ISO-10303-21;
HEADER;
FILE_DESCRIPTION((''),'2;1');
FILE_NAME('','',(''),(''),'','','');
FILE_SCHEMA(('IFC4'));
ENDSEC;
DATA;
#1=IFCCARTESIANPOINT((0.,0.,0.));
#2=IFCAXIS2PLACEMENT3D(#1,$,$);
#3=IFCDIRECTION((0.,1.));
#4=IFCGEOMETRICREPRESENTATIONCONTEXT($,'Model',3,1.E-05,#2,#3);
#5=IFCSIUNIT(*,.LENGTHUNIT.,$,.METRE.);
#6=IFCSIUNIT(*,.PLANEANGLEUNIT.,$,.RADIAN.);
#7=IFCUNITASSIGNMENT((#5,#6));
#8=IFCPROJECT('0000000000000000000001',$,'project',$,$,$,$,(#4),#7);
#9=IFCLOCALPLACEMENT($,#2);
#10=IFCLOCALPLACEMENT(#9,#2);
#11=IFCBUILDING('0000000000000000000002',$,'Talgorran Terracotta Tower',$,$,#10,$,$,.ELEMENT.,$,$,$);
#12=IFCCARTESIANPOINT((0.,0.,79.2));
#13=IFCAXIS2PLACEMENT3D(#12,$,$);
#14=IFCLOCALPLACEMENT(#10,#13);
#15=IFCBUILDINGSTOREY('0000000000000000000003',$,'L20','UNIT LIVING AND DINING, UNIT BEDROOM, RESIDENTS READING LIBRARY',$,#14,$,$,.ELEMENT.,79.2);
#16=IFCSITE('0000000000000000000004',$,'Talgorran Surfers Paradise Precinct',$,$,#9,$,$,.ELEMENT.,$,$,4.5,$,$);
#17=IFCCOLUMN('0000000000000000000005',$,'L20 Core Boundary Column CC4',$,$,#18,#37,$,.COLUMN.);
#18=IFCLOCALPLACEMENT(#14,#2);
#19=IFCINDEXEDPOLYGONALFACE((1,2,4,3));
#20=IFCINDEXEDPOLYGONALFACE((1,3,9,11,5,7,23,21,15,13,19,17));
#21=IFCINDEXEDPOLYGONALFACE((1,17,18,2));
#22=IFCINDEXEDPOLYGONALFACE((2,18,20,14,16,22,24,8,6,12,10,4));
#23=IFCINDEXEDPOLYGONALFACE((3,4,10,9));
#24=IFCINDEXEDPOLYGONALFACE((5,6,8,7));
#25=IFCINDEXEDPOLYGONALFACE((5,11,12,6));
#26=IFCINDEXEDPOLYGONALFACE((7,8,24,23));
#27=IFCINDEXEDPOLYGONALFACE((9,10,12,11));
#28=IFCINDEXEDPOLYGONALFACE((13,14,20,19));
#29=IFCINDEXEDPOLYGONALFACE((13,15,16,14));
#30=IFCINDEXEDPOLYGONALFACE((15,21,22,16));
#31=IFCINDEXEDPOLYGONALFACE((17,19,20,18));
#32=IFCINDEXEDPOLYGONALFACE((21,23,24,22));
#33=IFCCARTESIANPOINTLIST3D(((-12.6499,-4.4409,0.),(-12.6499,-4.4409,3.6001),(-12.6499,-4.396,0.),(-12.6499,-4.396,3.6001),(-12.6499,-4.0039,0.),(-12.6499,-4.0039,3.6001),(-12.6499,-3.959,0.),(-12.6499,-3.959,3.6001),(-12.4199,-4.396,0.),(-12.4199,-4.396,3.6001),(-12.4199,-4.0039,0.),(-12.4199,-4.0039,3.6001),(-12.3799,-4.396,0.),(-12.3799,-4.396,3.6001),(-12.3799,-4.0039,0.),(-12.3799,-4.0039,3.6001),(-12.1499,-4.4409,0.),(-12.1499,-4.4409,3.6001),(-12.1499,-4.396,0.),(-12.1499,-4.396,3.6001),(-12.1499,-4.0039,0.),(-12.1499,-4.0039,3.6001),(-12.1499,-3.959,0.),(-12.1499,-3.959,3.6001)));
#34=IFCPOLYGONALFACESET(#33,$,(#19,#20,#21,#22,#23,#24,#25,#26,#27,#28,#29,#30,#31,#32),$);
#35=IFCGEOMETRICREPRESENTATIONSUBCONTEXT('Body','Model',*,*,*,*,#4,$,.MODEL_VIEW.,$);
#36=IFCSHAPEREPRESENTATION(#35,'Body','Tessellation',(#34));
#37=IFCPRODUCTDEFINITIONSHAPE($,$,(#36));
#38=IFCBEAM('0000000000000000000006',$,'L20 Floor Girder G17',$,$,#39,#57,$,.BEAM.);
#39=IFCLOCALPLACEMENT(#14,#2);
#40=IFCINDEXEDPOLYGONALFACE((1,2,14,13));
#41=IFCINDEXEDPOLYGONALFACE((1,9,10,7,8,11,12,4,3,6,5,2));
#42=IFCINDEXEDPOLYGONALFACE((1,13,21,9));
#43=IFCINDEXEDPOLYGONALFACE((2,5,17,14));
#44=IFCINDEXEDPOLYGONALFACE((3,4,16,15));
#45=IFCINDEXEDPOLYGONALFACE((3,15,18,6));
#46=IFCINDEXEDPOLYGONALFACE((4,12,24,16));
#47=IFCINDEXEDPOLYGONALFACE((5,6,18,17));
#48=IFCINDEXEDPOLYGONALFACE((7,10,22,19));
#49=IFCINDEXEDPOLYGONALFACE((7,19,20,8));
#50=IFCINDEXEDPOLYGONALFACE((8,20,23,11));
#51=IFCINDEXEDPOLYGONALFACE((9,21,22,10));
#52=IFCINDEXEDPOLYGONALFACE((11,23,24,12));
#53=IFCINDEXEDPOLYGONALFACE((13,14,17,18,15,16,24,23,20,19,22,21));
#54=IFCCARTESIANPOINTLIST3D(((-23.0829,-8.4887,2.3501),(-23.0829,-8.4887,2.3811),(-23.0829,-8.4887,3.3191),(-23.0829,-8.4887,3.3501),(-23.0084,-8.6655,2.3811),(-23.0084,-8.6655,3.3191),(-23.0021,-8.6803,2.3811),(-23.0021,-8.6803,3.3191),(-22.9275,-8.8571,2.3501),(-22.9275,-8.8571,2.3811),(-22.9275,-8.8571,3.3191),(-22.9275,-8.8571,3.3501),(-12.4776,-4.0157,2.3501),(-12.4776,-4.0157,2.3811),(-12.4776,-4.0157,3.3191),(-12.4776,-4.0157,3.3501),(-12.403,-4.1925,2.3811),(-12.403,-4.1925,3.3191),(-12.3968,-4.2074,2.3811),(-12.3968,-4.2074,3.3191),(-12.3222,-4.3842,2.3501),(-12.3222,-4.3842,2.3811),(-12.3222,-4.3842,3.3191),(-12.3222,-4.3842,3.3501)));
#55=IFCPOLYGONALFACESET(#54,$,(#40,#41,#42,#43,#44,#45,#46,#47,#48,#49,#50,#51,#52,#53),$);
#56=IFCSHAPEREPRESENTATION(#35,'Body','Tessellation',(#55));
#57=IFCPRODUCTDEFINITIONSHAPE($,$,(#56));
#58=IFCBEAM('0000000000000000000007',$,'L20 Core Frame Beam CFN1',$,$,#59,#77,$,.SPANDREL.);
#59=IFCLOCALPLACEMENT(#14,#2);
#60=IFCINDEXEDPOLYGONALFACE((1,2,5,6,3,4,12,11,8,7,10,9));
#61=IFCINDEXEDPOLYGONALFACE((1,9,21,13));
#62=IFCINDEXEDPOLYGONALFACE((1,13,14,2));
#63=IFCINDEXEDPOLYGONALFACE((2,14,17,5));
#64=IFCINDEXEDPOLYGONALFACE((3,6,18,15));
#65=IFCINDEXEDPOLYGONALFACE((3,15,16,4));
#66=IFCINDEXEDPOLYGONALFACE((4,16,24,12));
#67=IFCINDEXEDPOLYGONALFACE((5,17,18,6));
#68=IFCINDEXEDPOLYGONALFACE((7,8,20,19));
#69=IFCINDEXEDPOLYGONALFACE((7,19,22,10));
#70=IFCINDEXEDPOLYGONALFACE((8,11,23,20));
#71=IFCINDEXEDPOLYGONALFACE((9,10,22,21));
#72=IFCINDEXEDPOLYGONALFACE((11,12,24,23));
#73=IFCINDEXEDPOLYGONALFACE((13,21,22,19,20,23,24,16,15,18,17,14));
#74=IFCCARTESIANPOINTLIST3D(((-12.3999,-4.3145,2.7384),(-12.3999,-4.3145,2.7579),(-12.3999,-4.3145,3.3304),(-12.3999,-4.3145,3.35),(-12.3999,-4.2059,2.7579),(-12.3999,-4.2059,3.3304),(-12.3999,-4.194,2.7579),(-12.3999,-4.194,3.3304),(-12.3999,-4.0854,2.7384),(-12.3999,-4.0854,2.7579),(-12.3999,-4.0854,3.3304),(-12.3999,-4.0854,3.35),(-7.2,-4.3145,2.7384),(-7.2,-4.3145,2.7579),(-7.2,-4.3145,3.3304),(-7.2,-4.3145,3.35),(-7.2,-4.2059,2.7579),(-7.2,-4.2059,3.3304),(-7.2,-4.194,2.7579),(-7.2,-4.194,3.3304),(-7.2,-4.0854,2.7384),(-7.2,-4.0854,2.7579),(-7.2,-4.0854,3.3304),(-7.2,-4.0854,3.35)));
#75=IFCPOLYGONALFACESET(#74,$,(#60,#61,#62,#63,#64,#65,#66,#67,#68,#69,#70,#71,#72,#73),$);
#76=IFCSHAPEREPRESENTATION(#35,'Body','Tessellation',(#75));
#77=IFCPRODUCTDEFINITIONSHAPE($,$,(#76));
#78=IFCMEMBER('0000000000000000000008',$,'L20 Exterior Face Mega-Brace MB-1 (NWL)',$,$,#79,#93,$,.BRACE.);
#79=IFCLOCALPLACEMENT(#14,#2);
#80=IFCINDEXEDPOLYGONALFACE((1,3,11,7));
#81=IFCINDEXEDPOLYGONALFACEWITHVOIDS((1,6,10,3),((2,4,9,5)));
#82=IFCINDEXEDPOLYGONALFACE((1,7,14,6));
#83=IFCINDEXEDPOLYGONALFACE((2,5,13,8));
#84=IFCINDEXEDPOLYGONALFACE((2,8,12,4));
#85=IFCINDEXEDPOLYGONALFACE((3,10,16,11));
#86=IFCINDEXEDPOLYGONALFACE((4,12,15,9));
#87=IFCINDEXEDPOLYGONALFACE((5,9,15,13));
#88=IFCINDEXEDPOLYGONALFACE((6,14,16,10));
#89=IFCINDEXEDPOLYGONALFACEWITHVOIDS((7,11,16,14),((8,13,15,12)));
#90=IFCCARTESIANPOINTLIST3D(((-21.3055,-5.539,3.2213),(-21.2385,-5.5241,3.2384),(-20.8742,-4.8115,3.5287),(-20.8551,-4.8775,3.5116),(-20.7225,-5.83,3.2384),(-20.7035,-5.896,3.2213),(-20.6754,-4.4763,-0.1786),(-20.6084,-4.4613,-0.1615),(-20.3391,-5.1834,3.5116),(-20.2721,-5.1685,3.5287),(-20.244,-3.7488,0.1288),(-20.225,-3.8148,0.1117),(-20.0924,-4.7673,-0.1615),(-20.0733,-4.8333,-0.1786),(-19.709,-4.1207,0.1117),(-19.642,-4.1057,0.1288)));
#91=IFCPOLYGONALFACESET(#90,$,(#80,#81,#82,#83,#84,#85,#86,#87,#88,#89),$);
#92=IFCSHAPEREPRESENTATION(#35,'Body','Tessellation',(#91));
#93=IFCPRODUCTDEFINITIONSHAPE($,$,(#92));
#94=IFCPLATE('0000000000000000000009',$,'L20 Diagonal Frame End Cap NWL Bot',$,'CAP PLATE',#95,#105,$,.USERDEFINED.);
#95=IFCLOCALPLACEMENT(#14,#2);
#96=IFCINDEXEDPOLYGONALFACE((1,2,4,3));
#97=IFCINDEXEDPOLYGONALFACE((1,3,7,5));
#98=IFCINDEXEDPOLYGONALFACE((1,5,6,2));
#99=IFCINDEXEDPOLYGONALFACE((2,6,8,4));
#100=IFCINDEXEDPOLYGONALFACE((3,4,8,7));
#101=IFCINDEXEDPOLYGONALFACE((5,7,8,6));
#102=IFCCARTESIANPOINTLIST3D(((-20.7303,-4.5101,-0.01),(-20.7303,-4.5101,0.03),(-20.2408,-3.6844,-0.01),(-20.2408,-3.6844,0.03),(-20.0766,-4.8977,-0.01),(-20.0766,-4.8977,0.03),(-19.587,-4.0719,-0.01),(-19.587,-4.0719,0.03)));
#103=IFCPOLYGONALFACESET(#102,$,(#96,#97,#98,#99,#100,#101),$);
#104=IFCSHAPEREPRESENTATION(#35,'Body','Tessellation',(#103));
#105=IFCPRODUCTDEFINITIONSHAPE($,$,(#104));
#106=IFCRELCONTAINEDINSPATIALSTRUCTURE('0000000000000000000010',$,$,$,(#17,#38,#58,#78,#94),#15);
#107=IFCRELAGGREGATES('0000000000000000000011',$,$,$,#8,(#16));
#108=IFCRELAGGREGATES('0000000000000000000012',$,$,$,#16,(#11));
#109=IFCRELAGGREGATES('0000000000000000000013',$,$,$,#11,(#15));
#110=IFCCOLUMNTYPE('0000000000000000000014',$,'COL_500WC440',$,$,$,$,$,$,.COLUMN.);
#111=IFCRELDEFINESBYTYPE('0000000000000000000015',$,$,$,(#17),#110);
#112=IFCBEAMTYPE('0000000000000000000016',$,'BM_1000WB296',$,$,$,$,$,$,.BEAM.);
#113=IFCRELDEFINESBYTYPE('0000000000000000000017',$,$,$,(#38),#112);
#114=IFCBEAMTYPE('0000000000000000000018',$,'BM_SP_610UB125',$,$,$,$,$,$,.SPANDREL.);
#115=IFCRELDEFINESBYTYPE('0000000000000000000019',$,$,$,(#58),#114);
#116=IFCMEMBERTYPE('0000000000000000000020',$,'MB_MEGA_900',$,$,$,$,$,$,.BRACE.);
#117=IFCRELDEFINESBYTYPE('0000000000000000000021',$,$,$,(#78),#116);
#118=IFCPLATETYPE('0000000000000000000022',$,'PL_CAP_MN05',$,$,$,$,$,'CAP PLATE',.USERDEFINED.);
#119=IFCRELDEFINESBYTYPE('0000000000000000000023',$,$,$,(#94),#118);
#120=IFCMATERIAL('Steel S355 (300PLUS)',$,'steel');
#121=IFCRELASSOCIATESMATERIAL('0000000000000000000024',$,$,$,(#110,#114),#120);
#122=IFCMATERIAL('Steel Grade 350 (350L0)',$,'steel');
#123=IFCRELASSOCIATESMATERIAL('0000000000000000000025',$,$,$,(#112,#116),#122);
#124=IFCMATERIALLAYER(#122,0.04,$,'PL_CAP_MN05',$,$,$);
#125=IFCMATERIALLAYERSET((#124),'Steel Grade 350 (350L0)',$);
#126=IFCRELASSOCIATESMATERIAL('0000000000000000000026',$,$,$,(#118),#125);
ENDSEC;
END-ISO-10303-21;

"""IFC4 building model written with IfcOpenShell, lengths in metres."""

from ifc_helpers import new_model, si_unit, direction, frame, origin, origin_2d, place, context, subcontext, project, spatial, rectangle, hollow_rectangle, i_section, extrude, material, layer, layer_set, material_profile, profile_set, type_object, element, save


model = new_model("IFC4")

# Units and contexts
model_context = context("Model", 3, precision=1e-05, world=origin(), true_north=direction((0.0, 1.0)))
body_context = subcontext(model_context, "Body", "Model", "MODEL_VIEW")
ifc_project = project(units=[si_unit("LENGTHUNIT", "METRE"), si_unit("PLANEANGLEUNIT", "RADIAN")], contexts=[model_context])

# Site, building, storey
site_placement = place(None, origin())
site = spatial("IfcSite", under=ifc_project, at=site_placement, Name="Talgorran Surfers Paradise Precinct", CompositionType="ELEMENT", RefElevation=4.5)
building_placement = place(site_placement, origin())
building = spatial("IfcBuilding", under=site, at=building_placement, Name="Talgorran Terracotta Tower", CompositionType="ELEMENT")
storey_placement = place(building_placement, frame((0.0, 0.0, 79.2)))
storey = spatial("IfcBuildingStorey", under=building, at=storey_placement, Name="L20", Description="UNIT LIVING AND DINING, UNIT BEDROOM, RESIDENTS READING LIBRARY", CompositionType="ELEMENT", Elevation=79.2)

# Column
ifc_material_1 = material(Name="Steel S355 (300PLUS)", Category="steel")
ifc_material_profile_1 = material_profile(ifc_material_1, i_section(OverallWidth=0.5, OverallDepth=0.4819, WebThickness=0.04, FlangeThickness=0.0449, at=origin_2d()), Name="500WC440")
ifc_profile_set_1 = profile_set([ifc_material_profile_1], Name="Steel S355 (300PLUS)")
column_type = type_object("IfcColumnType", Name="COL_500WC440", PredefinedType="COLUMN", material=ifc_profile_set_1)
column_placement = place(storey_placement, frame((-12.3999, -4.2, 0.0), z_axis=(0.0, 0.0, 1.0), x_axis=(1.0, 0.0, 0.0)))
element("IfcColumn", 1, at=column_placement, inside=storey, type_object=column_type, Name="L20 Core Boundary Column CC4", PredefinedType="COLUMN", context=body_context, shape_type="SweptSolid", body=[
    extrude(i_section(OverallWidth=0.5, OverallDepth=0.4819, WebThickness=0.04, FlangeThickness=0.0449, at=origin_2d()), origin(), (0.0, 0.0, 1.0), 3.6001),
])

# Beams
ifc_material_2 = material(Name="Steel Grade 350 (350L0)", Category="steel")
ifc_material_profile_2 = material_profile(ifc_material_2, i_section(OverallWidth=0.3999, OverallDepth=1.0, WebThickness=0.0161, FlangeThickness=0.031, at=origin_2d()), Name="1000WB296")
ifc_profile_set_2 = profile_set([ifc_material_profile_2], Name="Steel Grade 350 (350L0)")
beam_type_1 = type_object("IfcBeamType", Name="BM_1000WB296", PredefinedType="BEAM", material=ifc_profile_set_2)
beam_1_placement = place(storey_placement, frame((-12.3999, -4.2, 2.8501), z_axis=(-0.921401, -0.388614, 0.0), x_axis=(0.388614, -0.921401, 0.0)))
element("IfcBeam", 2, at=beam_1_placement, inside=storey, type_object=beam_type_1, Name="L20 Floor Girder G17", PredefinedType="BEAM", context=body_context, shape_type="SweptSolid", body=[
    extrude(i_section(OverallWidth=0.3999, OverallDepth=1.0, WebThickness=0.0161, FlangeThickness=0.031, at=origin_2d()), origin(), (0.0, 0.0, 1.0), 11.51),
])
ifc_material_profile_3 = material_profile(ifc_material_1, i_section(OverallWidth=0.229, OverallDepth=0.6116, WebThickness=0.012, FlangeThickness=0.0195, at=origin_2d()), Name="610UB125")
ifc_profile_set_3 = profile_set([ifc_material_profile_3], Name="Steel S355 (300PLUS)")
beam_type_2 = type_object("IfcBeamType", Name="BM_SP_610UB125", PredefinedType="SPANDREL", material=ifc_profile_set_3)
beam_2_placement = place(storey_placement, frame((-12.3999, -4.2, 3.0442), z_axis=(1.0, 0.0, 0.0), x_axis=(0.0, 1.0, 0.0)))
element("IfcBeam", 3, at=beam_2_placement, inside=storey, type_object=beam_type_2, Name="L20 Core Frame Beam CFN1", PredefinedType="SPANDREL", context=body_context, shape_type="SweptSolid", body=[
    extrude(i_section(OverallWidth=0.229, OverallDepth=0.6116, WebThickness=0.012, FlangeThickness=0.0195, at=origin_2d()), origin(), (0.0, 0.0, 1.0), 5.2),
])

# Member
ifc_material_profile_4 = material_profile(ifc_material_2, hollow_rectangle(XDim=0.7, YDim=0.8999, WallThickness=0.05, at=origin_2d()), Name="WBOX900X700X50")
ifc_profile_set_4 = profile_set([ifc_material_profile_4], Name="Steel Grade 350 (350L0)")
member_type = type_object("IfcMemberType", Name="MB_MEGA_900", PredefinedType="BRACE", material=ifc_profile_set_4)
member_placement = place(storey_placement, frame((-20.1587, -4.291, -0.0249), z_axis=(-0.174192, -0.293784, 0.939866), x_axis=(0.860166, -0.510014, 0.0)))
element("IfcMember", 4, at=member_placement, inside=storey, type_object=member_type, Name="L20 Exterior Face Mega-Brace MB-1 (NWL)", PredefinedType="BRACE", context=body_context, shape_type="SweptSolid", body=[
    extrude(hollow_rectangle(XDim=0.7, YDim=0.8999, WallThickness=0.05, at=origin_2d()), origin(), (0.0, 0.0, 1.0), 3.6174),
])

# Plate
ifc_layer_1 = layer(ifc_material_2, 0.04, Name="PL_CAP_MN05")
ifc_layer_set_1 = layer_set([ifc_layer_1], Name="Steel Grade 350 (350L0)")
plate_type = type_object("IfcPlateType", Name="PL_CAP_MN05", ElementType="CAP PLATE", PredefinedType="USERDEFINED", material=ifc_layer_set_1)
plate_placement = place(storey_placement, frame((-20.1587, -4.291, -0.01), z_axis=(0.0, 0.0, 1.0), x_axis=(-0.509943, -0.860208, 0.0)))
element("IfcPlate", 5, at=plate_placement, inside=storey, type_object=plate_type, Name="L20 Diagonal Frame End Cap NWL Bot", ObjectType="CAP PLATE", PredefinedType="USERDEFINED", context=body_context, shape_type="SweptSolid", body=[
    extrude(rectangle(XDim=0.96, YDim=0.76, at=origin_2d()), origin(), (0.0, 0.0, 1.0), 0.04),
])

save(model, "model.ifc")
